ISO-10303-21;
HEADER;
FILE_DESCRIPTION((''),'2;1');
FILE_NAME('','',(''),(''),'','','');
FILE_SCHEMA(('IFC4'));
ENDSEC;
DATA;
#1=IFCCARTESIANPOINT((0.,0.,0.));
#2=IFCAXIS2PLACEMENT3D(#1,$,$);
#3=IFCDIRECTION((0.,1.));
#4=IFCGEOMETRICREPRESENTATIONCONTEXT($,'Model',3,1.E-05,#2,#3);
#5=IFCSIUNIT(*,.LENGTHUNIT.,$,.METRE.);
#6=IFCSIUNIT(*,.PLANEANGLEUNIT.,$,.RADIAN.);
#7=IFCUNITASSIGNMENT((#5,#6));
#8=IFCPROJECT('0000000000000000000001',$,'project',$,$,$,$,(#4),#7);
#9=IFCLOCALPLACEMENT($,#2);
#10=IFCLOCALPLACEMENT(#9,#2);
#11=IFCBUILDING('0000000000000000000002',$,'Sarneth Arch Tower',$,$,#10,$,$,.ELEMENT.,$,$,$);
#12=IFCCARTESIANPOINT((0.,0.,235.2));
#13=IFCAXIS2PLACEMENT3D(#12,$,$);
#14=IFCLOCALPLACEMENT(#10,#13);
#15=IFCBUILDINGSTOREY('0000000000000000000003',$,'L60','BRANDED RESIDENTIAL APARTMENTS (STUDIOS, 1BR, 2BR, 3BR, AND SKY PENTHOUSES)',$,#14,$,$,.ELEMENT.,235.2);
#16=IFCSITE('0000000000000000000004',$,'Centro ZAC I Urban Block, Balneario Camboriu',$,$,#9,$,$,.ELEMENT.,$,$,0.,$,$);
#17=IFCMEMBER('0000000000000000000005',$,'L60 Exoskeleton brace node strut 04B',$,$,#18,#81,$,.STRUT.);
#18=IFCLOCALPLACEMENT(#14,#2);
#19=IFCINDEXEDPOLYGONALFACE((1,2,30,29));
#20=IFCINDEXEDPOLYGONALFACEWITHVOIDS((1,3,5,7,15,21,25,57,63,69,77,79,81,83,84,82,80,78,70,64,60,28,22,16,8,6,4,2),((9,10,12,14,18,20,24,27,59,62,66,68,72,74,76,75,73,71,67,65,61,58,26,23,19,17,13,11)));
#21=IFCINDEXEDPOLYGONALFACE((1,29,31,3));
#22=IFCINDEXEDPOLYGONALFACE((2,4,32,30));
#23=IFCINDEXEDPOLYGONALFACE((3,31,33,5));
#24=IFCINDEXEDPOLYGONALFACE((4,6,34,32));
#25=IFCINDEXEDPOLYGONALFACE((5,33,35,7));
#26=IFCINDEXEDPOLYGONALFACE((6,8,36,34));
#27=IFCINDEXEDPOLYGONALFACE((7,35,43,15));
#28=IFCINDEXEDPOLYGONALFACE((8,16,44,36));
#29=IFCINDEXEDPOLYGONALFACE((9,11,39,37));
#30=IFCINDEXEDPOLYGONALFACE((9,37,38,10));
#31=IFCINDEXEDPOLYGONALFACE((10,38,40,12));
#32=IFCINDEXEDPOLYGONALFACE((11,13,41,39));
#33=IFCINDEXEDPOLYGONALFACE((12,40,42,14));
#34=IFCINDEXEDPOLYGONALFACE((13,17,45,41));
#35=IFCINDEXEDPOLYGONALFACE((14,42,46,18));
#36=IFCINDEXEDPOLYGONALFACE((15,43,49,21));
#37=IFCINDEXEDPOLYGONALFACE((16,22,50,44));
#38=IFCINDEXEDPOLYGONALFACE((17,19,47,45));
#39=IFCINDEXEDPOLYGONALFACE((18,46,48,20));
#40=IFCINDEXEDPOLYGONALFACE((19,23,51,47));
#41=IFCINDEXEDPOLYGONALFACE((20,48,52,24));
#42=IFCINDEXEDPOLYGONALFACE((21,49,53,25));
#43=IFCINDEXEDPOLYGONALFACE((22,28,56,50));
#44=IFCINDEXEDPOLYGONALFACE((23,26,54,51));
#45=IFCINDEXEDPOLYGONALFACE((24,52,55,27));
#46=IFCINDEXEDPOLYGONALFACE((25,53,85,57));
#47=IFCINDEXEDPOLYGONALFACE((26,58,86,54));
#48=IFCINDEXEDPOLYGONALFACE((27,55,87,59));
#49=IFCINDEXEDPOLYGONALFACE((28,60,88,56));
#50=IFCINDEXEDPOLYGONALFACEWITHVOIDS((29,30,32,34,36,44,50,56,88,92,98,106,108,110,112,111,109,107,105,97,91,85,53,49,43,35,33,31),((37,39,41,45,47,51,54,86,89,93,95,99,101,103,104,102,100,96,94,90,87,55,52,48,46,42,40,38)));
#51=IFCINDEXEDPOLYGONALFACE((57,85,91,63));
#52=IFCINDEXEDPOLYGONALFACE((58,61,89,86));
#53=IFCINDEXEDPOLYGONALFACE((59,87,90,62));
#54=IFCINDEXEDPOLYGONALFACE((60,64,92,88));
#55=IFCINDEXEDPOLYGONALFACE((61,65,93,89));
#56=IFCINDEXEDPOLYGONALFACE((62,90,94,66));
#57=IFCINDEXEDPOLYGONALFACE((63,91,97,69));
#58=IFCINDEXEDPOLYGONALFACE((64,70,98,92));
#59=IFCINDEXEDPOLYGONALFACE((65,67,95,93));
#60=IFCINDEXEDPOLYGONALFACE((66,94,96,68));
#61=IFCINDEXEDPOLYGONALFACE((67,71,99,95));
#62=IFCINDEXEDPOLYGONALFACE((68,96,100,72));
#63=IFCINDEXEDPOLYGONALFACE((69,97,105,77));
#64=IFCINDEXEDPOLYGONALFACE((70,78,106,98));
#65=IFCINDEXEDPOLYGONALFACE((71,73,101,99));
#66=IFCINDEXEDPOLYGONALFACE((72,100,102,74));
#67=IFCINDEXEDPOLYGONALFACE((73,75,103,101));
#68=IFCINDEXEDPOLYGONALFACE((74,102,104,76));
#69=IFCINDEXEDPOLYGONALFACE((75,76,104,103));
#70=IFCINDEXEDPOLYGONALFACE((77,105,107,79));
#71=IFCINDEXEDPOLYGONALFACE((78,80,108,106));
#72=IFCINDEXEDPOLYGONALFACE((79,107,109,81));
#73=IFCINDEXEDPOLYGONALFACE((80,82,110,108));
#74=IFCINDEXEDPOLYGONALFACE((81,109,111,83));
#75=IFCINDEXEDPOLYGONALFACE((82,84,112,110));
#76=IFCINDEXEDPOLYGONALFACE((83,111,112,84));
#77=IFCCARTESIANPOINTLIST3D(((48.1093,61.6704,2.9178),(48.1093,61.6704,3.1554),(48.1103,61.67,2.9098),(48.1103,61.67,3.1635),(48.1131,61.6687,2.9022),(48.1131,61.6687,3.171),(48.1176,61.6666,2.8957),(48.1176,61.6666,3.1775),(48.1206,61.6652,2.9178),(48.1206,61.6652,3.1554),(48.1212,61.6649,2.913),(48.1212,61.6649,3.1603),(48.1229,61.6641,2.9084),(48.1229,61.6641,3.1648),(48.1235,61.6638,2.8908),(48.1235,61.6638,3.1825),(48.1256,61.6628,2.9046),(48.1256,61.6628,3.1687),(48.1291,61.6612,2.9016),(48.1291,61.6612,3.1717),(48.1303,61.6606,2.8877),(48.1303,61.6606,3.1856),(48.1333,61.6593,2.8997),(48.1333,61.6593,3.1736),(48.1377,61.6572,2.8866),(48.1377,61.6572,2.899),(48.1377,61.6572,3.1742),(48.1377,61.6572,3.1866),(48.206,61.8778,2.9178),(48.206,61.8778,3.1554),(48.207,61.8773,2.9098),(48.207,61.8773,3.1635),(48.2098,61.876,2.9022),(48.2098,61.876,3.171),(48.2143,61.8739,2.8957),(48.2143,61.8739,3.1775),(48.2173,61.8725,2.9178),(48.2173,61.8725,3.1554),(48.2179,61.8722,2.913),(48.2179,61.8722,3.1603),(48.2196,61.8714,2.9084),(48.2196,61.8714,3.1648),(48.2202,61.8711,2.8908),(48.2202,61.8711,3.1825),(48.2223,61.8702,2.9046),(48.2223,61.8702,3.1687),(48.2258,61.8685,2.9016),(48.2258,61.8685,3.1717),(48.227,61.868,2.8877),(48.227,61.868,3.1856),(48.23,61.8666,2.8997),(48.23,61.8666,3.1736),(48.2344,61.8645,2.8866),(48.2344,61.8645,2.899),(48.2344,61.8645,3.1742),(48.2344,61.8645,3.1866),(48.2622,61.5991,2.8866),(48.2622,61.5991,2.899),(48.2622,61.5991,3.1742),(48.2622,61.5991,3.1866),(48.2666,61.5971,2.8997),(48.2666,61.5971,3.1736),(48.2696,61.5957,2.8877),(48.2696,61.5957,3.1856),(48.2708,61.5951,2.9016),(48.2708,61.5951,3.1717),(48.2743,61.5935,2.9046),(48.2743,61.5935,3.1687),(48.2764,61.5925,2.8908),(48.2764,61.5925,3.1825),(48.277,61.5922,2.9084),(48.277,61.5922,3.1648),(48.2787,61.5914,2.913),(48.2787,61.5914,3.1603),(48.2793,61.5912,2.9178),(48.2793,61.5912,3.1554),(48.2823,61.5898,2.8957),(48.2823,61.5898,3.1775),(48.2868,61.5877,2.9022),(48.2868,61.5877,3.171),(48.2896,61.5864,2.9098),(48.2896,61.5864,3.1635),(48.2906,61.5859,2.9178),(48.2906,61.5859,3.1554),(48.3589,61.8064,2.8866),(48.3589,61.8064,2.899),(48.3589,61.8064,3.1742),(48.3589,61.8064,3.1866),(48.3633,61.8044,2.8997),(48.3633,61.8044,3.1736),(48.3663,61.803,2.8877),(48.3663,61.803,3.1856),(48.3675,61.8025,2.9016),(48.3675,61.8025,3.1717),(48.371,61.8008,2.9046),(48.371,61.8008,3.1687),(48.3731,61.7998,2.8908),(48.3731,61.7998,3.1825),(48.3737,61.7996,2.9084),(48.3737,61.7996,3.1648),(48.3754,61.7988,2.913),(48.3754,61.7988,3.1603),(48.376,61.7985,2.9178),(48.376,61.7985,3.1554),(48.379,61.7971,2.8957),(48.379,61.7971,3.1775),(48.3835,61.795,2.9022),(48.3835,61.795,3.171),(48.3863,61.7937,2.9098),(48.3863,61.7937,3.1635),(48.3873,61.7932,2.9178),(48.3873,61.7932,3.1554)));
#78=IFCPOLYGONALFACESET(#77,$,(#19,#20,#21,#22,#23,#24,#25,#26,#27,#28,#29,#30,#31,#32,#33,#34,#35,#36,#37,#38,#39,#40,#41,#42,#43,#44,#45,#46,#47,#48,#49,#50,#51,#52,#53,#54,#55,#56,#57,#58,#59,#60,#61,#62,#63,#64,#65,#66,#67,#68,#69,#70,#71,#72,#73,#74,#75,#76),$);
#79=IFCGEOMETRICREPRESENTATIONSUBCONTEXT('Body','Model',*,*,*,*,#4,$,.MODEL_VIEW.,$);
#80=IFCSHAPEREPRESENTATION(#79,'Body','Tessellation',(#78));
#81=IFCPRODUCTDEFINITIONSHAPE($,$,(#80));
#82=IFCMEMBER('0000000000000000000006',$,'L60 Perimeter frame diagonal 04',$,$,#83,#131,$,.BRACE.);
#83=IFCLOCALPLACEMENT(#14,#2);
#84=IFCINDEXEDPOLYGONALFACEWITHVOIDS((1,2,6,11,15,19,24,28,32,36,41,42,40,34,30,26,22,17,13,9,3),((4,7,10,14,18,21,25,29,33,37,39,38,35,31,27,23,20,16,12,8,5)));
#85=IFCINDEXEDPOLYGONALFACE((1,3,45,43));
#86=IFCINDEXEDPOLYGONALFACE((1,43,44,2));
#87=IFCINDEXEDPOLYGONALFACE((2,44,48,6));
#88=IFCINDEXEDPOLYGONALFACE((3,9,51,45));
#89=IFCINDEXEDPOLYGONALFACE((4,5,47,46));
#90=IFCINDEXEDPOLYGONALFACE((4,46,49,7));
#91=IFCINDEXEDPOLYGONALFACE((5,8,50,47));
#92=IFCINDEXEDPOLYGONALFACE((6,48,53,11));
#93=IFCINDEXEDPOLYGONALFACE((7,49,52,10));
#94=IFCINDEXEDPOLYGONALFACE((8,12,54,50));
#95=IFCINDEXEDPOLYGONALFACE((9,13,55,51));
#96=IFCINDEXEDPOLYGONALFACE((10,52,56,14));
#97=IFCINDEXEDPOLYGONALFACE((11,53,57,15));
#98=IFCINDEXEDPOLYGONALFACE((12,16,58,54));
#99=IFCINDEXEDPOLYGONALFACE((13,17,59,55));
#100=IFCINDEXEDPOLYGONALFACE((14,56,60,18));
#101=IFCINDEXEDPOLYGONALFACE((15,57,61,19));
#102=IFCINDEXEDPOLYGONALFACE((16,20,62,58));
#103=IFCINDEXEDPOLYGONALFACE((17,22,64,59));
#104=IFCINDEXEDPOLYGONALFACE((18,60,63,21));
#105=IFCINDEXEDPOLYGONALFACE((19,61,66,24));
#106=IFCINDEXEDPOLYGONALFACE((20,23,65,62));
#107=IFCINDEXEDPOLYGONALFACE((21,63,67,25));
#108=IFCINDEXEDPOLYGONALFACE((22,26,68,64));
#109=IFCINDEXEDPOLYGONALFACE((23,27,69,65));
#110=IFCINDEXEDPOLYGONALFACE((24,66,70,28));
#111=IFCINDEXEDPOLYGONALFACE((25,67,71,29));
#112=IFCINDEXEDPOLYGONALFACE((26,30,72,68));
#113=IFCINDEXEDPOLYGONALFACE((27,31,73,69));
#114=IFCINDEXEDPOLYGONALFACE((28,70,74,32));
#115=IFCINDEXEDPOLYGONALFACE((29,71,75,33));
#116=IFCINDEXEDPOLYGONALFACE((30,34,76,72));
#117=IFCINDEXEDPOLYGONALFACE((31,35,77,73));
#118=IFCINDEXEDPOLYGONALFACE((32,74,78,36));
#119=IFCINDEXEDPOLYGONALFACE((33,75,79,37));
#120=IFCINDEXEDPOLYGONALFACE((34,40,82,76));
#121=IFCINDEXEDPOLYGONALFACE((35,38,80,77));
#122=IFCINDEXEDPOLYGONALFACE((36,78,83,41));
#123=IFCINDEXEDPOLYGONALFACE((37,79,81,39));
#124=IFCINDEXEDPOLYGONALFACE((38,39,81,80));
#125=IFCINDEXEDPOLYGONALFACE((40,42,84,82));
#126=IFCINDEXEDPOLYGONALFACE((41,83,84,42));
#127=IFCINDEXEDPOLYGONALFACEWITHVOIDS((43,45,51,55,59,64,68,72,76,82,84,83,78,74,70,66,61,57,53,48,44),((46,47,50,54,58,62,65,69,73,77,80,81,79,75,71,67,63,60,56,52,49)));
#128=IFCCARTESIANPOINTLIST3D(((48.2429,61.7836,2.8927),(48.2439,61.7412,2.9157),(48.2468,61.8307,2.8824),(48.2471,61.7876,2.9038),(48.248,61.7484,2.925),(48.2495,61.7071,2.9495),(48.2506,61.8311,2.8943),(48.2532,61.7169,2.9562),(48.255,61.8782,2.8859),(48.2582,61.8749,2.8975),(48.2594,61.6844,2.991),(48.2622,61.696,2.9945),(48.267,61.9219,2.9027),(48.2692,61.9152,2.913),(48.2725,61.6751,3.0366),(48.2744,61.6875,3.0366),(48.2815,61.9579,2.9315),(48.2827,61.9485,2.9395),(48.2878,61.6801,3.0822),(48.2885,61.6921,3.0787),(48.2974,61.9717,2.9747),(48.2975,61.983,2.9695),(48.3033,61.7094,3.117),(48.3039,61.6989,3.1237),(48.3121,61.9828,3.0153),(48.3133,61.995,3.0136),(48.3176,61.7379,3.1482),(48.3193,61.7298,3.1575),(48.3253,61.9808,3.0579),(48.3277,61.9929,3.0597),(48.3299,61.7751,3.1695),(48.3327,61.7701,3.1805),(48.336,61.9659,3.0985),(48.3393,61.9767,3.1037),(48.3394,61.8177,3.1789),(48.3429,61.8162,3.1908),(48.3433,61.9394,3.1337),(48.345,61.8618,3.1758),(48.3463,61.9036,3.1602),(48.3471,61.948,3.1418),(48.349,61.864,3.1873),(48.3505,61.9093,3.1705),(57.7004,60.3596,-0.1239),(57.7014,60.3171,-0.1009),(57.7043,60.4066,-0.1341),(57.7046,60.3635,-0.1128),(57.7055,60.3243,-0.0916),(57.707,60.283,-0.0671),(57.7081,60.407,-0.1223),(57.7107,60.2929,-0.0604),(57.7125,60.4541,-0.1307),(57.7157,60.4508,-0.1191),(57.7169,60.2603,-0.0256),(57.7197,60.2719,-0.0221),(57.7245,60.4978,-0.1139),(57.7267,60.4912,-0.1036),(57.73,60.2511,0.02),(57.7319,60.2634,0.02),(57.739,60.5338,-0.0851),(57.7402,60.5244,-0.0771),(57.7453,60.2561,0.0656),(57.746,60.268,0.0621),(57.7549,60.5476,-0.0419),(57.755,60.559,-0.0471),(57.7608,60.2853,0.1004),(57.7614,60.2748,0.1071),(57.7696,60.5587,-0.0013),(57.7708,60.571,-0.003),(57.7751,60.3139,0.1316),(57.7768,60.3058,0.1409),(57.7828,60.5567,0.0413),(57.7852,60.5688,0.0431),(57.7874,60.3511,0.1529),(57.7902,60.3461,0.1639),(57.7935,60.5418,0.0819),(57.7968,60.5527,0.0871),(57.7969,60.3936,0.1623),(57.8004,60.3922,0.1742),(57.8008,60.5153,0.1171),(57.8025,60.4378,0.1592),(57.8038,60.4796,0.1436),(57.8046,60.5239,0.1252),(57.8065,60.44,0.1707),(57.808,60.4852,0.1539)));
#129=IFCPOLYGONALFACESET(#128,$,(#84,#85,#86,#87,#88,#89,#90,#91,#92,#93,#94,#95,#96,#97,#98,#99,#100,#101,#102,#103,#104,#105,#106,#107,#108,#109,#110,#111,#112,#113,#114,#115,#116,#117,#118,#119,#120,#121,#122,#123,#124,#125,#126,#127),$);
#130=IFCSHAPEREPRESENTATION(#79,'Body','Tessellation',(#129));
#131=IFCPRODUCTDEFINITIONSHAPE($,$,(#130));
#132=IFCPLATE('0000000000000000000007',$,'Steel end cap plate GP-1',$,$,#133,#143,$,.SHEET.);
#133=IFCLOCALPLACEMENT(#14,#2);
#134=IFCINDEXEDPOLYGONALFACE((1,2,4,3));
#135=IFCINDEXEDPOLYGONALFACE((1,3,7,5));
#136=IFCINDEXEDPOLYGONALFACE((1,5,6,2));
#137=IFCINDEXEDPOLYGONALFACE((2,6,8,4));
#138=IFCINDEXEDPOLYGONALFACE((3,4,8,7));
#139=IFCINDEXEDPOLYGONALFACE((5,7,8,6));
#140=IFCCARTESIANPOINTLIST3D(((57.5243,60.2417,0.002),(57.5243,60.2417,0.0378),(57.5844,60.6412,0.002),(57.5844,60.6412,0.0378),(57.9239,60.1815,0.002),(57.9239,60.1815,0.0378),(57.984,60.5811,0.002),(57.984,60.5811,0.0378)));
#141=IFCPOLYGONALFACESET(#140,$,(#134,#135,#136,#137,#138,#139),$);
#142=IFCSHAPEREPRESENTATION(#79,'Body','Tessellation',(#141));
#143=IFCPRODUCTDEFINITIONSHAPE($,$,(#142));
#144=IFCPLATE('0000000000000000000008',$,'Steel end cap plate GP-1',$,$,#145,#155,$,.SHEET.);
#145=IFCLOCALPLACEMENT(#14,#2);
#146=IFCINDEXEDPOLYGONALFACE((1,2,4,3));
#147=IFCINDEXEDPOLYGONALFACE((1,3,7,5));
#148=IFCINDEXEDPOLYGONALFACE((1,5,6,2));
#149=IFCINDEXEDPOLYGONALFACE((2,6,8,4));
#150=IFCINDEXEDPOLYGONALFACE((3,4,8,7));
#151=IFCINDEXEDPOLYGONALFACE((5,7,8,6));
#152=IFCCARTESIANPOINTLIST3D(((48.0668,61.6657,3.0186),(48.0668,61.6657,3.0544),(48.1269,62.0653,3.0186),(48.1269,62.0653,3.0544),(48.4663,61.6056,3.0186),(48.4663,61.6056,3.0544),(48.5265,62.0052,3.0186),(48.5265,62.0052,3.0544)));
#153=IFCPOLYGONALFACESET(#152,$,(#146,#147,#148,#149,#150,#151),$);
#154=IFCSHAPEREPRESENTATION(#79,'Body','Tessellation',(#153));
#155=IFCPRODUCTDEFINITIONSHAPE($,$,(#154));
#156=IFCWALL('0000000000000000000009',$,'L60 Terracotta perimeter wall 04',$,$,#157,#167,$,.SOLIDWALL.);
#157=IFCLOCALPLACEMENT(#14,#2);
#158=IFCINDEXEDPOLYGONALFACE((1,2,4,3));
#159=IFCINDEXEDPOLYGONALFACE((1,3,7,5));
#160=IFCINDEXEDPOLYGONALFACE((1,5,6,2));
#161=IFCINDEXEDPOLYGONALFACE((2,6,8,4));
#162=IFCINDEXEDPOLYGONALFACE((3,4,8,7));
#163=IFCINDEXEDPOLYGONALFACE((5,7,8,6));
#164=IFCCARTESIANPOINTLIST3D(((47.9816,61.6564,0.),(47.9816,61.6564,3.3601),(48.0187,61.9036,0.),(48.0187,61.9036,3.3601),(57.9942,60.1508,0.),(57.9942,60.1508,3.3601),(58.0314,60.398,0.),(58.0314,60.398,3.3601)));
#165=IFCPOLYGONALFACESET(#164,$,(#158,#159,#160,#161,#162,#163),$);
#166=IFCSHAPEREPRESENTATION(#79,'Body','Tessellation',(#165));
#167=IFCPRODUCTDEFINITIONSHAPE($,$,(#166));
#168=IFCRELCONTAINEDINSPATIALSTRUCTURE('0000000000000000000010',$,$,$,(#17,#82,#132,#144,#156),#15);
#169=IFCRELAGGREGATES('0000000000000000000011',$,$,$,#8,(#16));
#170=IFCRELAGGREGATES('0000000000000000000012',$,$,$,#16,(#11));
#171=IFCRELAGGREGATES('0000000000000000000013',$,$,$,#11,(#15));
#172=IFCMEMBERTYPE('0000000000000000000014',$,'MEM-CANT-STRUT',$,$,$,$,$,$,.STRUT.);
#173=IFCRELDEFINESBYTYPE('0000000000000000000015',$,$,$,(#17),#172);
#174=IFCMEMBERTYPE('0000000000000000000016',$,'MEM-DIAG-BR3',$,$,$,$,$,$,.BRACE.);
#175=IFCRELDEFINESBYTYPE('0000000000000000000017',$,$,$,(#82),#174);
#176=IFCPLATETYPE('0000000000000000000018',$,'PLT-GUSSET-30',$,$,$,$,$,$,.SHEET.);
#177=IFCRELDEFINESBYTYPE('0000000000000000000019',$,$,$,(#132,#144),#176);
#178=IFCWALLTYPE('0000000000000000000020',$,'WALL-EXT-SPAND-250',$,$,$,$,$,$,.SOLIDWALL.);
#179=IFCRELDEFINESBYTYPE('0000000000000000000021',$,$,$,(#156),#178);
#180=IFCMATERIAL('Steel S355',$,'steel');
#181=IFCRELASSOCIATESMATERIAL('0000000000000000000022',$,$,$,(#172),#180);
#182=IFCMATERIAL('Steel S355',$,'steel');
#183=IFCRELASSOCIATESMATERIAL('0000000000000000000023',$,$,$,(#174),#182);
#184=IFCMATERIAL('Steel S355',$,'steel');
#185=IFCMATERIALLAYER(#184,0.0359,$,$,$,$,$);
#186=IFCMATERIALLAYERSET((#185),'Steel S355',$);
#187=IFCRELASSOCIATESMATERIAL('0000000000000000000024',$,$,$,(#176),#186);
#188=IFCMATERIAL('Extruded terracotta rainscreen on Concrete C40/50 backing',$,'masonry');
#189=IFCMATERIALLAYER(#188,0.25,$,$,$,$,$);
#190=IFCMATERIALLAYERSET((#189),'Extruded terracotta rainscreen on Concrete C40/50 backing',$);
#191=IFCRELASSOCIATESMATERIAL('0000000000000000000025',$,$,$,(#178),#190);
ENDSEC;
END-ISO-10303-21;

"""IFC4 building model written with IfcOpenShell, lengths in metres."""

from ifc_helpers import new_model, si_unit, direction, frame, frame_2d, origin, origin_2d, place, context, subcontext, project, spatial, rectangle, hollow_rectangle, hollow_circle, extrude, material, layer, layer_set, material_profile, profile_set, type_object, element, save


model = new_model("IFC4")

# Units and contexts
model_context = context("Model", 3, precision=1e-05, world=origin(), true_north=direction((0.0, 1.0)))
body_context = subcontext(model_context, "Body", "Model", "MODEL_VIEW")
ifc_project = project(units=[si_unit("LENGTHUNIT", "METRE"), si_unit("PLANEANGLEUNIT", "RADIAN")], contexts=[model_context])

# Site, building, storey
site_placement = place(None, origin())
site = spatial("IfcSite", under=ifc_project, at=site_placement, Name="Centro ZAC I Urban Block, Balneario Camboriu", CompositionType="ELEMENT", RefElevation=0.0)
building_placement = place(site_placement, origin())
building = spatial("IfcBuilding", under=site, at=building_placement, Name="Sarneth Arch Tower", CompositionType="ELEMENT")
storey_placement = place(building_placement, frame((0.0, 0.0, 235.2)))
storey = spatial("IfcBuildingStorey", under=building, at=storey_placement, Name="L60", Description="BRANDED RESIDENTIAL APARTMENTS (STUDIOS, 1BR, 2BR, 3BR, AND SKY PENTHOUSES)", CompositionType="ELEMENT", Elevation=235.2)

# Members
ifc_material_1 = material(Name="Steel S355", Category="steel")
ifc_material_profile_1 = material_profile(ifc_material_1, hollow_rectangle(XDim=0.2, YDim=0.3, WallThickness=0.0125, InnerFilletRadius=0.0188, OuterFilletRadius=0.0312, at=origin_2d()), Name="RHS300x200x12.5")
ifc_profile_set_1 = profile_set([ifc_material_profile_1], Name="Steel S355")
member_type_1 = type_object("IfcMemberType", Name="MEM-CANT-STRUT", PredefinedType="STRUT", material=ifc_profile_set_1)
member_1_placement = place(storey_placement, frame((48.2, 61.6282, 3.0366), z_axis=(0.42271, 0.906265, 0.0), x_axis=(-0.906265, 0.42271, 0.0)))
element("IfcMember", 1, at=member_1_placement, inside=storey, type_object=member_type_1, Name="L60 Exoskeleton brace node strut 04B", PredefinedType="STRUT", context=body_context, shape_type="SweptSolid", body=[
    extrude(hollow_rectangle(XDim=0.2, YDim=0.3, WallThickness=0.0125, InnerFilletRadius=0.0188, OuterFilletRadius=0.0312, at=origin_2d()), origin(), (0.0, 0.0, 1.0), 0.2288),
])
ifc_material_2 = material(Name="Steel S355", Category="steel")
ifc_material_profile_2 = material_profile(ifc_material_2, hollow_circle(Radius=0.1621, WallThickness=0.0125, at=origin_2d()), Name="CHS324x12.5")
ifc_profile_set_2 = profile_set([ifc_material_profile_2], Name="Steel S355")
member_type_2 = type_object("IfcMemberType", Name="MEM-DIAG-BR3", PredefinedType="BRACE", material=ifc_profile_set_2)
member_2_placement = place(storey_placement, frame((57.7542, 60.4114, 0.02), z_axis=(-0.943056, 0.142001, 0.3008), x_axis=(-0.148897, -0.988853, 0.0)))
element("IfcMember", 2, at=member_2_placement, inside=storey, type_object=member_type_2, Name="L60 Perimeter frame diagonal 04", PredefinedType="BRACE", context=body_context, shape_type="SweptSolid", body=[
    extrude(hollow_circle(Radius=0.1621, WallThickness=0.0125, at=origin_2d()), origin(), (0.0, 0.0, 1.0), 10.0286),
])

# Plates
ifc_material_3 = material(Name="Steel S355", Category="steel")
ifc_layer_1 = layer(ifc_material_3, 0.0359)
ifc_layer_set_1 = layer_set([ifc_layer_1], Name="Steel S355")
plate_type = type_object("IfcPlateType", Name="PLT-GUSSET-30", PredefinedType="SHEET", material=ifc_layer_set_1)
for number, where, z_axis, x_axis, name in (
    (3, (57.7542, 60.4114, 0.002), (0.0, 0.0, 1.0), (-0.988861, 0.148845, 0.0), "Steel end cap plate GP-1"),
    (4, (48.2966, 61.8354, 3.0186), (0.0, 0.0, 1.0), (-0.988861, 0.148845, 0.0), "Steel end cap plate GP-1"),
):
    element("IfcPlate", number, at=place(storey_placement, frame(where, z_axis=z_axis, x_axis=x_axis)), inside=storey, type_object=plate_type, Name=name, PredefinedType="SHEET", context=body_context, shape_type="SweptSolid", body=[
        extrude(rectangle(XDim=0.4041, YDim=0.4041, at=origin_2d()), origin(), (0.0, 0.0, 1.0), 0.0359),
    ])

# Wall
ifc_material_4 = material(Name="Extruded terracotta rainscreen on Concrete C40/50 backing", Category="masonry")
ifc_layer_2 = layer(ifc_material_4, 0.25)
ifc_layer_set_2 = layer_set([ifc_layer_2], Name="Extruded terracotta rainscreen on Concrete C40/50 backing")
wall_type_1 = type_object("IfcWallType", Name="WALL-EXT-SPAND-250", PredefinedType="SOLIDWALL", material=ifc_layer_set_2)
wall_1_placement = place(storey_placement, frame((58.0127, 60.2744, 0.0), z_axis=(0.0, 0.0, 1.0), x_axis=(-0.988883, 0.148699, 0.0)))
element("IfcWall", 5, at=wall_1_placement, inside=storey, type_object=wall_type_1, Name="L60 Terracotta perimeter wall 04", PredefinedType="SOLIDWALL", context=body_context, shape_type="SweptSolid", body=[
    extrude(rectangle(XDim=10.1252, YDim=0.25, at=frame_2d((5.0625, 0.0))), origin(), (0.0, 0.0, 1.0), 3.3601),
])

save(model, "model.ifc")
